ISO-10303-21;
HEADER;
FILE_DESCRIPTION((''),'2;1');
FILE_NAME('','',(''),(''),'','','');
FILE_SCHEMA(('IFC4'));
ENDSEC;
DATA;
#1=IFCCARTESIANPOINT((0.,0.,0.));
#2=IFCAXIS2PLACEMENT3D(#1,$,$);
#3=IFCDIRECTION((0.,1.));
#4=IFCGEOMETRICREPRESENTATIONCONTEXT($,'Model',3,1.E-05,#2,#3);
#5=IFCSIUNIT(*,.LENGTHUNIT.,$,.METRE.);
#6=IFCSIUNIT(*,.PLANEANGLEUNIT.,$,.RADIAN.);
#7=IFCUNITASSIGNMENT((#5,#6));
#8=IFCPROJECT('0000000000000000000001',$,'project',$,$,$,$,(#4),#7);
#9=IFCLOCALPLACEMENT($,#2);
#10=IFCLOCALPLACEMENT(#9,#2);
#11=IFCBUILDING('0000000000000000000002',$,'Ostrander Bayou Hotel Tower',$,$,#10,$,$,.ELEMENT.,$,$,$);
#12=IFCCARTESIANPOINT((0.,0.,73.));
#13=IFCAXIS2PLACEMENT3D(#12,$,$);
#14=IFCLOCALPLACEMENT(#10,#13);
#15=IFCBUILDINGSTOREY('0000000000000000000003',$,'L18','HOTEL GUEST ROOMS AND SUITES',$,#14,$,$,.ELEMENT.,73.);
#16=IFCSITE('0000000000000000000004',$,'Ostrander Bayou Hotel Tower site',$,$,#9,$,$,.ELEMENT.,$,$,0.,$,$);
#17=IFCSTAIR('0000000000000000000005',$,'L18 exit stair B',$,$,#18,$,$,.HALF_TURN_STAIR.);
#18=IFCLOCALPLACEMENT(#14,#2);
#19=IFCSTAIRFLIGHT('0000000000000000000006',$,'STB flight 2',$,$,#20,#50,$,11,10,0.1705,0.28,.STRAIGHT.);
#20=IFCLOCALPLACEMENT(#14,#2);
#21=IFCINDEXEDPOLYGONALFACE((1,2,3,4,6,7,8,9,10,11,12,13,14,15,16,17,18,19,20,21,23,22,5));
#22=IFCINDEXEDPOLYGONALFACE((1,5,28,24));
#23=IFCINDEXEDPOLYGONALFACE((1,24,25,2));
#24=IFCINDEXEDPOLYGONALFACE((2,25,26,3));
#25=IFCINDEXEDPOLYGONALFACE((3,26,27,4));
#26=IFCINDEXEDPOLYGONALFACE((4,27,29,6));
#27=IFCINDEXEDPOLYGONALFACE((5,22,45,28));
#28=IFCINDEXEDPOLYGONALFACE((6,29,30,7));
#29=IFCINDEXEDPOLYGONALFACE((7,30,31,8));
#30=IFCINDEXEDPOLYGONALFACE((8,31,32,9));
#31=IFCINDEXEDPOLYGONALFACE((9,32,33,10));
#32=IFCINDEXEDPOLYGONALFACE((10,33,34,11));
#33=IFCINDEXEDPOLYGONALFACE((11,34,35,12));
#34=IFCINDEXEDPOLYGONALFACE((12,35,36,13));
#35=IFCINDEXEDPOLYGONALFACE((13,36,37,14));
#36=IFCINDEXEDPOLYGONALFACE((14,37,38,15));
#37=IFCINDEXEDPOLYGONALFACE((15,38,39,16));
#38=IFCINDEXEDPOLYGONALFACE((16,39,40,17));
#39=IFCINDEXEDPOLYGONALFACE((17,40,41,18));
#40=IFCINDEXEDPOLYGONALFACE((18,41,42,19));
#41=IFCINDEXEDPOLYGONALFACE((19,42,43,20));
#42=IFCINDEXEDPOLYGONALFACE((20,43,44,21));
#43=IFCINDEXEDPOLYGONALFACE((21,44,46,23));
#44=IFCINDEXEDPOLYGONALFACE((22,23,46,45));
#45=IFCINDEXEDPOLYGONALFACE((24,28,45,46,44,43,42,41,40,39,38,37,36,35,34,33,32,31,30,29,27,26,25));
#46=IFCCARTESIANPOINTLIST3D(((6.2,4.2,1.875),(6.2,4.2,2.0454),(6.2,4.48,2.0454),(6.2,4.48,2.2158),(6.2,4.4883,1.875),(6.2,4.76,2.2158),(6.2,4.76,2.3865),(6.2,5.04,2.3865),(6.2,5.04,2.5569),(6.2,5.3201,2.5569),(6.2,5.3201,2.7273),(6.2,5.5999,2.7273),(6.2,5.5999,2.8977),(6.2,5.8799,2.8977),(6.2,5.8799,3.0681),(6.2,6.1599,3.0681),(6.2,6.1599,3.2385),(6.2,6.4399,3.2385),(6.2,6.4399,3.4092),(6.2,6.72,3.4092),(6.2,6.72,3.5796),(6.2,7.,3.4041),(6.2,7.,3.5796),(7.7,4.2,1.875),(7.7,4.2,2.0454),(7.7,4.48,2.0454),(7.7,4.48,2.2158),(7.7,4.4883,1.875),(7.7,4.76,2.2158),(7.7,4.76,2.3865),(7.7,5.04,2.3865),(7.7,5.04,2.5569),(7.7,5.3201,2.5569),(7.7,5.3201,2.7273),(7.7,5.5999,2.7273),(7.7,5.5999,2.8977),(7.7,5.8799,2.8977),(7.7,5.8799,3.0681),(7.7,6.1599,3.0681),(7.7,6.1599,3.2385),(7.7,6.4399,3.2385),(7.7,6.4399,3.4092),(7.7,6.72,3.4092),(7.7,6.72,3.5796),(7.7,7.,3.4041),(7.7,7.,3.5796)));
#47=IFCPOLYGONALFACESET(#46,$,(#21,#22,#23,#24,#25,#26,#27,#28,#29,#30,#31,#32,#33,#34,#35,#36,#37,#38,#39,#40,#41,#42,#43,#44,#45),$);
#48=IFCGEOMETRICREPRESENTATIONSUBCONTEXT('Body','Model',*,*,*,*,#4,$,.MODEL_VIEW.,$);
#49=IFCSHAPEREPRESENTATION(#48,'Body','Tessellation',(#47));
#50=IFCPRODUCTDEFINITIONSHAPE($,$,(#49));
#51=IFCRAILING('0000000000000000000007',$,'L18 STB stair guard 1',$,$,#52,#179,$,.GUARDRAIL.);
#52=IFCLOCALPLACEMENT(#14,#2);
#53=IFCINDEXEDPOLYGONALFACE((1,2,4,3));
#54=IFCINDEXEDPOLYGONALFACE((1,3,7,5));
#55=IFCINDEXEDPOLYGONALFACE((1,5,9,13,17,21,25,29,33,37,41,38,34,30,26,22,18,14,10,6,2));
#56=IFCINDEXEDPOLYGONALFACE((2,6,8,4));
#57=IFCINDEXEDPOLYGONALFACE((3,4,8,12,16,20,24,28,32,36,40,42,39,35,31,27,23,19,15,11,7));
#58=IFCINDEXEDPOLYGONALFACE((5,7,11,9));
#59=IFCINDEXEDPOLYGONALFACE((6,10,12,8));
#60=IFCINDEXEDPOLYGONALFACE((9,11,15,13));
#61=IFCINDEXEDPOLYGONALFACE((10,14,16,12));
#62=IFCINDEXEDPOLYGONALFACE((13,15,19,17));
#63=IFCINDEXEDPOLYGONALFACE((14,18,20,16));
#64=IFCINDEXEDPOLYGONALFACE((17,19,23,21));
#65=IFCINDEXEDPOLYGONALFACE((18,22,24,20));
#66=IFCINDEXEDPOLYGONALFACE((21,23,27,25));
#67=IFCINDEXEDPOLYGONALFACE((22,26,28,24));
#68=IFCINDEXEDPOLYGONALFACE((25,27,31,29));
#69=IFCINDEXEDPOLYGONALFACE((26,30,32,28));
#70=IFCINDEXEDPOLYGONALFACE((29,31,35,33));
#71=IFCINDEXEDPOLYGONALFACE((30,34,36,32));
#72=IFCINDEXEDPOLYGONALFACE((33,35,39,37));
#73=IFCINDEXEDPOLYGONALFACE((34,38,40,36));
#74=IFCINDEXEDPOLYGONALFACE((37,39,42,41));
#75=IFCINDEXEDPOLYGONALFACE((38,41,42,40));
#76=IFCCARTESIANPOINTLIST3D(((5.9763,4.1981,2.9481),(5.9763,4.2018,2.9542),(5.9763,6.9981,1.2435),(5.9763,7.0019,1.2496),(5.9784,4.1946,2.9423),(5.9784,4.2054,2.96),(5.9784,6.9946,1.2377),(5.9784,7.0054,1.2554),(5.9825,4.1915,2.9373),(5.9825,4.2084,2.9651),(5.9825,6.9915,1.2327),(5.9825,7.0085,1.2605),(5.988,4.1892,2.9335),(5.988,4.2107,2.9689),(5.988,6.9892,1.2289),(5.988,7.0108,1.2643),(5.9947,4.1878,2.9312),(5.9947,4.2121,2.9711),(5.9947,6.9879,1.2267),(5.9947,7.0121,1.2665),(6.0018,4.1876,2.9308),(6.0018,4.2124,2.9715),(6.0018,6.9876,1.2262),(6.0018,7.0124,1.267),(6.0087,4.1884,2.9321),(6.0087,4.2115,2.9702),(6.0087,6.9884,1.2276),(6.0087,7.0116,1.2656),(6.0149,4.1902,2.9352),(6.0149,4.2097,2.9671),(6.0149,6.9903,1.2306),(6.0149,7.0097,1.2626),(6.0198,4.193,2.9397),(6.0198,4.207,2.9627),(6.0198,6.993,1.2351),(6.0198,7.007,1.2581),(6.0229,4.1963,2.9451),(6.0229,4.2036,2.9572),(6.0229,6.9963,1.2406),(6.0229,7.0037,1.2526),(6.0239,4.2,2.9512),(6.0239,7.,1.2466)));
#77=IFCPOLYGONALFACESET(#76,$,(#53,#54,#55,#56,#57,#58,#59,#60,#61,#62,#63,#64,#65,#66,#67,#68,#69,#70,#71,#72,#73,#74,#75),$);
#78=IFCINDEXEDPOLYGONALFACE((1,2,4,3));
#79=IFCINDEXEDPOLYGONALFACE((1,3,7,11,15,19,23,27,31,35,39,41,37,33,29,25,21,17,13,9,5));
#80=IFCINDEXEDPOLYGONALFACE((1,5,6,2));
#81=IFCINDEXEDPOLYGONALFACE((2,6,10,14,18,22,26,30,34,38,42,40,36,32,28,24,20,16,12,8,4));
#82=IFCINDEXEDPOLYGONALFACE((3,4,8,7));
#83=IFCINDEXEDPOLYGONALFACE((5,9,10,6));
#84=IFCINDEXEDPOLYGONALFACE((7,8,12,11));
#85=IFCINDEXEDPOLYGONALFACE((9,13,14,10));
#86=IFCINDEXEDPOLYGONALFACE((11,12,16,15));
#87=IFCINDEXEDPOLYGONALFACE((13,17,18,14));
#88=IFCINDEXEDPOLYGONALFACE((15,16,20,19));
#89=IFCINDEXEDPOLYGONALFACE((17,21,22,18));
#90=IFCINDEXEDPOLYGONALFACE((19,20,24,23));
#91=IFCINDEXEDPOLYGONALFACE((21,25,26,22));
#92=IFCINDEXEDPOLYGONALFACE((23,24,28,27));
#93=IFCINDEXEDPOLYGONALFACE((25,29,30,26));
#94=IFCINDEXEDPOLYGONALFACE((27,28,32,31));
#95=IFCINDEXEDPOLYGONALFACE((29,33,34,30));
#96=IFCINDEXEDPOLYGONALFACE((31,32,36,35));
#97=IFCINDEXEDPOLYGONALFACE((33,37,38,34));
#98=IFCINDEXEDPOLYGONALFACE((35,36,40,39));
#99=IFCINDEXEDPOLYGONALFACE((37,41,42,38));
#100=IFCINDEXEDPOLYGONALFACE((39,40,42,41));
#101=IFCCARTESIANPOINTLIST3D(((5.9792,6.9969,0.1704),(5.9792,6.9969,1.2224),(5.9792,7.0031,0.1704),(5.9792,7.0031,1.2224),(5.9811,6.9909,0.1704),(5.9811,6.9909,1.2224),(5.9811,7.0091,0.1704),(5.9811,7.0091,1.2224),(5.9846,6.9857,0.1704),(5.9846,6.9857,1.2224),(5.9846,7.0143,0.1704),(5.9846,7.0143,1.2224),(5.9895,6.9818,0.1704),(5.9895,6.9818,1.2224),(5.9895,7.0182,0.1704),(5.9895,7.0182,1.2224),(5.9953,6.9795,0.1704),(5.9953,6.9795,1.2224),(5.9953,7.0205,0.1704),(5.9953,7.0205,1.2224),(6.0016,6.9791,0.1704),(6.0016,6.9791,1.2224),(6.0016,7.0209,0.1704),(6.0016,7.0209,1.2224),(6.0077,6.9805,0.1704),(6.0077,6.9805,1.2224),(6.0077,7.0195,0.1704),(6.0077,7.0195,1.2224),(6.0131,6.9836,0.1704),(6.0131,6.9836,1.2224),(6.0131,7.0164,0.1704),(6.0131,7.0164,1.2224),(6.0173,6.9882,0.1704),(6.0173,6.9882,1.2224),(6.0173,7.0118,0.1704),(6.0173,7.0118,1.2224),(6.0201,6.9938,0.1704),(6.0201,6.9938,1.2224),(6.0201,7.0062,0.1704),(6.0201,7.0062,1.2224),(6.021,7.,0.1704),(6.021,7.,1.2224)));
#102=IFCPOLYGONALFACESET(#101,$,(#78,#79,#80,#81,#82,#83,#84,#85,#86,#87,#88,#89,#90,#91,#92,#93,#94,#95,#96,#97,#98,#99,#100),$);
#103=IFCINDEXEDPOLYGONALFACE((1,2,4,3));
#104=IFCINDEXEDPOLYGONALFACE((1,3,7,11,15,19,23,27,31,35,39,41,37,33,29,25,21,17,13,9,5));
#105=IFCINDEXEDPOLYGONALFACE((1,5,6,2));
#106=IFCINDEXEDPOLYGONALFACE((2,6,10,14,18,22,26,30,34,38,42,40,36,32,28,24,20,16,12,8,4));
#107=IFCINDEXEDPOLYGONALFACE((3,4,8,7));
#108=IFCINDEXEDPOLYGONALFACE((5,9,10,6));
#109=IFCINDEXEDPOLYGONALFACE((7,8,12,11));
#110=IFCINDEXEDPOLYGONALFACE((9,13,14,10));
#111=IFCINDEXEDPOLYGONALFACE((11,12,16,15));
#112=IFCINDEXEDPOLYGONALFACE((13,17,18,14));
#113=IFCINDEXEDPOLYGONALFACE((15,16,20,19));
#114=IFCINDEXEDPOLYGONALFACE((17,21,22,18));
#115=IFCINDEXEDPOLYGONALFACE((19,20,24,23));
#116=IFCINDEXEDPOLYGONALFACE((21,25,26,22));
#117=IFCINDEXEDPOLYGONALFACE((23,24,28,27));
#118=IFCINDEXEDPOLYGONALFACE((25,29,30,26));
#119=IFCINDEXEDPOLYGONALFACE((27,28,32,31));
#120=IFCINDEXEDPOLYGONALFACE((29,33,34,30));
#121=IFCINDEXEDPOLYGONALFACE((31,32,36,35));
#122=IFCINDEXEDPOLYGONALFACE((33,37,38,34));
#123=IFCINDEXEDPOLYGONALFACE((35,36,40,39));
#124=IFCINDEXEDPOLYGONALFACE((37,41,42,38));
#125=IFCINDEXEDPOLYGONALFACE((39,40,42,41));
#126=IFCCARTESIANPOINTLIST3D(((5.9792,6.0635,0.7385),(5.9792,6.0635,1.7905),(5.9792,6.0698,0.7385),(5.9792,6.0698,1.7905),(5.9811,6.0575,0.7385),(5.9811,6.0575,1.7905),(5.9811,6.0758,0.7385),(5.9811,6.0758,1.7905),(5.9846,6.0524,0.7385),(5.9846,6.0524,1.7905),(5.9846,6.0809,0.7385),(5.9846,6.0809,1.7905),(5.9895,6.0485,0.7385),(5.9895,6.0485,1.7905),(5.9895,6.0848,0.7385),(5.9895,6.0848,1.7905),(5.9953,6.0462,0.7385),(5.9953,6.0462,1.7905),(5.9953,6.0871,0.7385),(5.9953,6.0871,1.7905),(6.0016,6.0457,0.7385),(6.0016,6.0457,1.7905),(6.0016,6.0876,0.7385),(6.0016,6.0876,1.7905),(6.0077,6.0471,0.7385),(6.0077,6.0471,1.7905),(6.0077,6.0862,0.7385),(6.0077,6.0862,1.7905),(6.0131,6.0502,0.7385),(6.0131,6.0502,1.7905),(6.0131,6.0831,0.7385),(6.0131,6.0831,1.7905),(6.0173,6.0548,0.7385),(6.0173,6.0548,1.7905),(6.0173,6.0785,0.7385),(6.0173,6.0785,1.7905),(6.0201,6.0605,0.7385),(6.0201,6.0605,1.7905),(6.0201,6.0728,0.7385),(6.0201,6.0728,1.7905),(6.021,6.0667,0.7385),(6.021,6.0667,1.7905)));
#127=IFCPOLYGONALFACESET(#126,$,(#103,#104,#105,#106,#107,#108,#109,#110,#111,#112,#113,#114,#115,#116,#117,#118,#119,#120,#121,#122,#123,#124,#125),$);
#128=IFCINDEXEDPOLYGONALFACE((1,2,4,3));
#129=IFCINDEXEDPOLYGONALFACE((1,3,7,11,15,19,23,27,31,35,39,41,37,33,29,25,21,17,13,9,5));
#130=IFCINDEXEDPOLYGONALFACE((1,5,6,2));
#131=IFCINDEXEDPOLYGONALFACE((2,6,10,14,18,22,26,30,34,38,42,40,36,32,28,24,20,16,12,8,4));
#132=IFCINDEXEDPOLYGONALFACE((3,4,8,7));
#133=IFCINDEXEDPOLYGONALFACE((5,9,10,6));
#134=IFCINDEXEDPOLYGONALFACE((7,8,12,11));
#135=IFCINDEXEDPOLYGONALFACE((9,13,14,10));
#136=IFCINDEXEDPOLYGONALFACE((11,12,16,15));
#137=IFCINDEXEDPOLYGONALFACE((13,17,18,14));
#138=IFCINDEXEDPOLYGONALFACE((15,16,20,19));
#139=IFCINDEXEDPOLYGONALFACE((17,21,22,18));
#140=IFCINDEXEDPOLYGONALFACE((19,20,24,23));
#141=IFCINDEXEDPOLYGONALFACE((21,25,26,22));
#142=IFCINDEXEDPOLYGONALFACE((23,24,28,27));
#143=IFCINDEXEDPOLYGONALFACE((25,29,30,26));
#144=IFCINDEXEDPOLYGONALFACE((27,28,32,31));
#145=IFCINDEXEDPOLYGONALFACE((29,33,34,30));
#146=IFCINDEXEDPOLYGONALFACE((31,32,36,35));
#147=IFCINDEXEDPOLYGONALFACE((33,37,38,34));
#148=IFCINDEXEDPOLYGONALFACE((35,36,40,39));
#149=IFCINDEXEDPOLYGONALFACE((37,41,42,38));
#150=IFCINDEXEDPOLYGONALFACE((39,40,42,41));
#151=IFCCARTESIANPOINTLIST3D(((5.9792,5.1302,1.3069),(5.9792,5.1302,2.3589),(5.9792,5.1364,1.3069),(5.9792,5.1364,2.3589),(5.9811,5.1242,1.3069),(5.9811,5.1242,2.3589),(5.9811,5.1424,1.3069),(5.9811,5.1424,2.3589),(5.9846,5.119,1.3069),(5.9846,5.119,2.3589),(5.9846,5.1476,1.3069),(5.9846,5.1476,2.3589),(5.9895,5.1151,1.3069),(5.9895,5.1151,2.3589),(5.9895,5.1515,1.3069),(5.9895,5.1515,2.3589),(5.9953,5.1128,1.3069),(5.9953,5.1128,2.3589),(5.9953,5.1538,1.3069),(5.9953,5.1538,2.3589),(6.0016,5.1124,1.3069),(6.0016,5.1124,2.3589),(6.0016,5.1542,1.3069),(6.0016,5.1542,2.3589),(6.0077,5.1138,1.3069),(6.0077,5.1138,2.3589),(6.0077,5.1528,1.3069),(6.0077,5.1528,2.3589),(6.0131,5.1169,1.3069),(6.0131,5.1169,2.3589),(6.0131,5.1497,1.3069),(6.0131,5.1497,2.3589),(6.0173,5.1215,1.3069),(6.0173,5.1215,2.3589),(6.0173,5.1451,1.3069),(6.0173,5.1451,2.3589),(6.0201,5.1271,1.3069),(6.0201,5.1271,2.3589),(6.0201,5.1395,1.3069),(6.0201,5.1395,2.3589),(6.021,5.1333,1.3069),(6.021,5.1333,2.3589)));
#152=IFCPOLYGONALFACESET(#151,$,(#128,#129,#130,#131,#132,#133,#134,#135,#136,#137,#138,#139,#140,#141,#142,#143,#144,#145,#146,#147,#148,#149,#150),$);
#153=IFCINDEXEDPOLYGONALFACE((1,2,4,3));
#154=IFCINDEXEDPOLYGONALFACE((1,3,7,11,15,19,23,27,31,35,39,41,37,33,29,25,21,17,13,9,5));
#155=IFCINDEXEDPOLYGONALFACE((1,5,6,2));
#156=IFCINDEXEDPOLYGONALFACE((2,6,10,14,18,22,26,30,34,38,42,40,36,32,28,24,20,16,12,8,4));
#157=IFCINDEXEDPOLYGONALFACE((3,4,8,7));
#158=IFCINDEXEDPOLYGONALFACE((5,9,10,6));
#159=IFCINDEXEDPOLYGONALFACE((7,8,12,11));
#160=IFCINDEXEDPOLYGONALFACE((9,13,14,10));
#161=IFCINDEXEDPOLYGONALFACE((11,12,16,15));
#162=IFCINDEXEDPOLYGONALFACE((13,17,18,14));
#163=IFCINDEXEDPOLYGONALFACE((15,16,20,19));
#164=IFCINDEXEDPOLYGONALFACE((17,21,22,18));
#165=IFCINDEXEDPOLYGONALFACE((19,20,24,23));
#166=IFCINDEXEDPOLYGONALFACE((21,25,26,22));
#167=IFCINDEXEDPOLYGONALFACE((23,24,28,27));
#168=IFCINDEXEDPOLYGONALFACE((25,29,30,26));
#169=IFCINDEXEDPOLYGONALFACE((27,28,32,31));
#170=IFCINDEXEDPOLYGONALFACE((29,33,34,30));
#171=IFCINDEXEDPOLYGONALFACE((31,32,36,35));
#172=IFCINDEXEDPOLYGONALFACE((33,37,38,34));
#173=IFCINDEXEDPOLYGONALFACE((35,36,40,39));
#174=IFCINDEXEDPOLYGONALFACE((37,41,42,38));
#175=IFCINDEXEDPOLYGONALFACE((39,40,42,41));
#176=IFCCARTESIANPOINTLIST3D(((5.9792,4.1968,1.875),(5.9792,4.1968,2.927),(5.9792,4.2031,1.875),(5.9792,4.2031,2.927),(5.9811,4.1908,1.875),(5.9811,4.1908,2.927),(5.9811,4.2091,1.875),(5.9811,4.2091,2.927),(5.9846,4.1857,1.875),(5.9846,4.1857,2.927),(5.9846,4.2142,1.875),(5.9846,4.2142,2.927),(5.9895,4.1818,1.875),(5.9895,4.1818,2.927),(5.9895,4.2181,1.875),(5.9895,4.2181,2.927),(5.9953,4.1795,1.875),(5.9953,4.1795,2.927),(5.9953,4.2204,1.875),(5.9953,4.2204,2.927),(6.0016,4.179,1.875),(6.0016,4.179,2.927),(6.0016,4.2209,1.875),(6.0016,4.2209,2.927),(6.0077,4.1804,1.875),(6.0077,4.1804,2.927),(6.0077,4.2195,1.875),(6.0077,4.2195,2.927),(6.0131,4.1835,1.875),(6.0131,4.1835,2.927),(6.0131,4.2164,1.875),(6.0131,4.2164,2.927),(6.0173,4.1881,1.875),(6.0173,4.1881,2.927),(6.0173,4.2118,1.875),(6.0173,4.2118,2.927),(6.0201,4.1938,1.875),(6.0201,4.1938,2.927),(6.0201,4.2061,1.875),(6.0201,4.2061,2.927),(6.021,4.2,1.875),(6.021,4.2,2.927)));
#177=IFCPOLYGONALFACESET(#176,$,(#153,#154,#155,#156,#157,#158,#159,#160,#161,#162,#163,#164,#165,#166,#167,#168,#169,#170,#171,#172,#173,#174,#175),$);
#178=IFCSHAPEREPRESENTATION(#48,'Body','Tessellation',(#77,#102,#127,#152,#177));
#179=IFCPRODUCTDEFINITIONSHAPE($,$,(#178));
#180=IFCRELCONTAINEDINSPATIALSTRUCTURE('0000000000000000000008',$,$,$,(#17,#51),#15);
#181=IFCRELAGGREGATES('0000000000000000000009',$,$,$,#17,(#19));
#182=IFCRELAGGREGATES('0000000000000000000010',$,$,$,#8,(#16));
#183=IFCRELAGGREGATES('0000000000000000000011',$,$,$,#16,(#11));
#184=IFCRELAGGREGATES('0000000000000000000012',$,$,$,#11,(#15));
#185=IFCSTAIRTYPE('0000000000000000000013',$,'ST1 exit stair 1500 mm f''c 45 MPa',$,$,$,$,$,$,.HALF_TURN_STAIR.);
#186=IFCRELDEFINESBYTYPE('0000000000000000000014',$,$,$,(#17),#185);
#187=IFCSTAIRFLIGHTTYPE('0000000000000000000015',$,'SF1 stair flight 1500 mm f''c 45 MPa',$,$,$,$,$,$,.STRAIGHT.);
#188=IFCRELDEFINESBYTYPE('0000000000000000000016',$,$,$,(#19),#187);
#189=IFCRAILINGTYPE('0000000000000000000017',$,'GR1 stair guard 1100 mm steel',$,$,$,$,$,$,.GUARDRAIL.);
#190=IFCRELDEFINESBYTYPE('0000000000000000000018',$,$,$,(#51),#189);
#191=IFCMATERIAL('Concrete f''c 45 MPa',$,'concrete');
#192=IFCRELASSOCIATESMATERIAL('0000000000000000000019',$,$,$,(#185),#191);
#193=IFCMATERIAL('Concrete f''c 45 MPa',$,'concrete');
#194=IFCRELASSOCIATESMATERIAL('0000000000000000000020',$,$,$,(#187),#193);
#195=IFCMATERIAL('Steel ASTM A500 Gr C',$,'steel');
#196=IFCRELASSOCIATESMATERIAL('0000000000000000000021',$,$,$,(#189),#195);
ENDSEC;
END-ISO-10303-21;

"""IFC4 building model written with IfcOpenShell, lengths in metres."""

from ifc_helpers import new_model, si_unit, direction, frame, origin, origin_2d, place, context, subcontext, project, spatial, polyline, circle, outline, extrude, material, type_object, element, aggregate, save


model = new_model("IFC4")

# Units and contexts
model_context = context("Model", 3, precision=1e-05, world=origin(), true_north=direction((0.0, 1.0)))
body_context = subcontext(model_context, "Body", "Model", "MODEL_VIEW")
ifc_project = project(units=[si_unit("LENGTHUNIT", "METRE"), si_unit("PLANEANGLEUNIT", "RADIAN")], contexts=[model_context])

# Site, building, storey
site_placement = place(None, origin())
site = spatial("IfcSite", under=ifc_project, at=site_placement, Name="Ostrander Bayou Hotel Tower site", CompositionType="ELEMENT", RefElevation=0.0)
building_placement = place(site_placement, origin())
building = spatial("IfcBuilding", under=site, at=building_placement, Name="Ostrander Bayou Hotel Tower", CompositionType="ELEMENT")
storey_placement = place(building_placement, frame((0.0, 0.0, 73.0)))
storey = spatial("IfcBuildingStorey", under=building, at=storey_placement, Name="L18", Description="HOTEL GUEST ROOMS AND SUITES", CompositionType="ELEMENT", Elevation=73.0)

# Stair, stair flight
ifc_material_1 = material(Name="Concrete f'c 45 MPa", Category="concrete")
stair_type = type_object("IfcStairType", Name="ST1 exit stair 1500 mm f'c 45 MPa", PredefinedType="HALF_TURN_STAIR", material=ifc_material_1)
stair_placement = place(storey_placement, origin())
stair = element("IfcStair", 1, at=stair_placement, inside=storey, type_object=stair_type, Name="L18 exit stair B", PredefinedType="HALF_TURN_STAIR")
ifc_material_2 = material(Name="Concrete f'c 45 MPa", Category="concrete")
stair_flight_type = type_object("IfcStairFlightType", Name="SF1 stair flight 1500 mm f'c 45 MPa", PredefinedType="STRAIGHT", material=ifc_material_2)
stair_flight_1_placement = place(storey_placement, frame((6.95, 4.2, 1.875), z_axis=(0.0, 0.0, 1.0), x_axis=(0.0, 1.0, 0.0)))
stair_flight_1 = element("IfcStairFlight", 2, at=stair_flight_1_placement, type_object=stair_flight_type, Name="STB flight 2", NumberOfRisers=11, NumberOfTreads=10, PredefinedType="STRAIGHT", RiserHeight=0.1705, TreadLength=0.28, context=body_context, shape_type="SweptSolid", body=[
    extrude(outline(polyline([(0.0, 0.0), (0.0, 0.1704), (0.28, 0.1704), (0.28, 0.3408), (0.5601, 0.3408), (0.5601, 0.5115), (0.8401, 0.5115), (0.8401, 0.6819), (1.1201, 0.6819), (1.1201, 0.8523), (1.3999, 0.8523), (1.3999, 1.0227), (1.6799, 1.0227), (1.6799, 1.1931), (1.96, 1.1931), (1.96, 1.3635), (2.24, 1.3635), (2.24, 1.5342), (2.52, 1.5342), (2.52, 1.7046), (2.8, 1.7046), (2.8, 1.875), (2.8, 1.5291), (0.2883, 0.0), (0.0, 0.0)])), frame((0.0, 0.75, 0.0), z_axis=(0.0, -1.0, 0.0), x_axis=(1.0, 0.0, 0.0)), (0.0, 0.0, 1.0), 1.5),
])
aggregate(stair, [stair_flight_1])

# Railing
ifc_material_3 = material(Name="Steel ASTM A500 Gr C", Category="steel")
railing_type_1 = type_object("IfcRailingType", Name="GR1 stair guard 1100 mm steel", PredefinedType="GUARDRAIL", material=ifc_material_3)
railing_1_placement = place(storey_placement, frame((6.0, 7.0, 0.1704)))
element("IfcRailing", 3, at=railing_1_placement, inside=storey, type_object=railing_type_1, Name="L18 STB stair guard 1", PredefinedType="GUARDRAIL", context=body_context, shape_type="SweptSolid", body=[
    extrude(circle(Radius=0.0239, at=origin_2d()), frame((0.0, 0.0, 1.0762), z_axis=(0.0, -0.85417, 0.519994), x_axis=(1.0, 0.0, 0.0)), (0.0, 0.0, 1.0), 3.2781),
    extrude(circle(Radius=0.021, at=origin_2d()), origin(), (0.0, 0.0, 1.0), 1.052),
    extrude(circle(Radius=0.021, at=origin_2d()), frame((0.0, -0.9333, 0.5681)), (0.0, 0.0, 1.0), 1.052),
    extrude(circle(Radius=0.021, at=origin_2d()), frame((0.0, -1.8667, 1.1365)), (0.0, 0.0, 1.0), 1.052),
    extrude(circle(Radius=0.021, at=origin_2d()), frame((0.0, -2.8, 1.7046)), (0.0, 0.0, 1.0), 1.052),
])

save(model, "model.ifc")
